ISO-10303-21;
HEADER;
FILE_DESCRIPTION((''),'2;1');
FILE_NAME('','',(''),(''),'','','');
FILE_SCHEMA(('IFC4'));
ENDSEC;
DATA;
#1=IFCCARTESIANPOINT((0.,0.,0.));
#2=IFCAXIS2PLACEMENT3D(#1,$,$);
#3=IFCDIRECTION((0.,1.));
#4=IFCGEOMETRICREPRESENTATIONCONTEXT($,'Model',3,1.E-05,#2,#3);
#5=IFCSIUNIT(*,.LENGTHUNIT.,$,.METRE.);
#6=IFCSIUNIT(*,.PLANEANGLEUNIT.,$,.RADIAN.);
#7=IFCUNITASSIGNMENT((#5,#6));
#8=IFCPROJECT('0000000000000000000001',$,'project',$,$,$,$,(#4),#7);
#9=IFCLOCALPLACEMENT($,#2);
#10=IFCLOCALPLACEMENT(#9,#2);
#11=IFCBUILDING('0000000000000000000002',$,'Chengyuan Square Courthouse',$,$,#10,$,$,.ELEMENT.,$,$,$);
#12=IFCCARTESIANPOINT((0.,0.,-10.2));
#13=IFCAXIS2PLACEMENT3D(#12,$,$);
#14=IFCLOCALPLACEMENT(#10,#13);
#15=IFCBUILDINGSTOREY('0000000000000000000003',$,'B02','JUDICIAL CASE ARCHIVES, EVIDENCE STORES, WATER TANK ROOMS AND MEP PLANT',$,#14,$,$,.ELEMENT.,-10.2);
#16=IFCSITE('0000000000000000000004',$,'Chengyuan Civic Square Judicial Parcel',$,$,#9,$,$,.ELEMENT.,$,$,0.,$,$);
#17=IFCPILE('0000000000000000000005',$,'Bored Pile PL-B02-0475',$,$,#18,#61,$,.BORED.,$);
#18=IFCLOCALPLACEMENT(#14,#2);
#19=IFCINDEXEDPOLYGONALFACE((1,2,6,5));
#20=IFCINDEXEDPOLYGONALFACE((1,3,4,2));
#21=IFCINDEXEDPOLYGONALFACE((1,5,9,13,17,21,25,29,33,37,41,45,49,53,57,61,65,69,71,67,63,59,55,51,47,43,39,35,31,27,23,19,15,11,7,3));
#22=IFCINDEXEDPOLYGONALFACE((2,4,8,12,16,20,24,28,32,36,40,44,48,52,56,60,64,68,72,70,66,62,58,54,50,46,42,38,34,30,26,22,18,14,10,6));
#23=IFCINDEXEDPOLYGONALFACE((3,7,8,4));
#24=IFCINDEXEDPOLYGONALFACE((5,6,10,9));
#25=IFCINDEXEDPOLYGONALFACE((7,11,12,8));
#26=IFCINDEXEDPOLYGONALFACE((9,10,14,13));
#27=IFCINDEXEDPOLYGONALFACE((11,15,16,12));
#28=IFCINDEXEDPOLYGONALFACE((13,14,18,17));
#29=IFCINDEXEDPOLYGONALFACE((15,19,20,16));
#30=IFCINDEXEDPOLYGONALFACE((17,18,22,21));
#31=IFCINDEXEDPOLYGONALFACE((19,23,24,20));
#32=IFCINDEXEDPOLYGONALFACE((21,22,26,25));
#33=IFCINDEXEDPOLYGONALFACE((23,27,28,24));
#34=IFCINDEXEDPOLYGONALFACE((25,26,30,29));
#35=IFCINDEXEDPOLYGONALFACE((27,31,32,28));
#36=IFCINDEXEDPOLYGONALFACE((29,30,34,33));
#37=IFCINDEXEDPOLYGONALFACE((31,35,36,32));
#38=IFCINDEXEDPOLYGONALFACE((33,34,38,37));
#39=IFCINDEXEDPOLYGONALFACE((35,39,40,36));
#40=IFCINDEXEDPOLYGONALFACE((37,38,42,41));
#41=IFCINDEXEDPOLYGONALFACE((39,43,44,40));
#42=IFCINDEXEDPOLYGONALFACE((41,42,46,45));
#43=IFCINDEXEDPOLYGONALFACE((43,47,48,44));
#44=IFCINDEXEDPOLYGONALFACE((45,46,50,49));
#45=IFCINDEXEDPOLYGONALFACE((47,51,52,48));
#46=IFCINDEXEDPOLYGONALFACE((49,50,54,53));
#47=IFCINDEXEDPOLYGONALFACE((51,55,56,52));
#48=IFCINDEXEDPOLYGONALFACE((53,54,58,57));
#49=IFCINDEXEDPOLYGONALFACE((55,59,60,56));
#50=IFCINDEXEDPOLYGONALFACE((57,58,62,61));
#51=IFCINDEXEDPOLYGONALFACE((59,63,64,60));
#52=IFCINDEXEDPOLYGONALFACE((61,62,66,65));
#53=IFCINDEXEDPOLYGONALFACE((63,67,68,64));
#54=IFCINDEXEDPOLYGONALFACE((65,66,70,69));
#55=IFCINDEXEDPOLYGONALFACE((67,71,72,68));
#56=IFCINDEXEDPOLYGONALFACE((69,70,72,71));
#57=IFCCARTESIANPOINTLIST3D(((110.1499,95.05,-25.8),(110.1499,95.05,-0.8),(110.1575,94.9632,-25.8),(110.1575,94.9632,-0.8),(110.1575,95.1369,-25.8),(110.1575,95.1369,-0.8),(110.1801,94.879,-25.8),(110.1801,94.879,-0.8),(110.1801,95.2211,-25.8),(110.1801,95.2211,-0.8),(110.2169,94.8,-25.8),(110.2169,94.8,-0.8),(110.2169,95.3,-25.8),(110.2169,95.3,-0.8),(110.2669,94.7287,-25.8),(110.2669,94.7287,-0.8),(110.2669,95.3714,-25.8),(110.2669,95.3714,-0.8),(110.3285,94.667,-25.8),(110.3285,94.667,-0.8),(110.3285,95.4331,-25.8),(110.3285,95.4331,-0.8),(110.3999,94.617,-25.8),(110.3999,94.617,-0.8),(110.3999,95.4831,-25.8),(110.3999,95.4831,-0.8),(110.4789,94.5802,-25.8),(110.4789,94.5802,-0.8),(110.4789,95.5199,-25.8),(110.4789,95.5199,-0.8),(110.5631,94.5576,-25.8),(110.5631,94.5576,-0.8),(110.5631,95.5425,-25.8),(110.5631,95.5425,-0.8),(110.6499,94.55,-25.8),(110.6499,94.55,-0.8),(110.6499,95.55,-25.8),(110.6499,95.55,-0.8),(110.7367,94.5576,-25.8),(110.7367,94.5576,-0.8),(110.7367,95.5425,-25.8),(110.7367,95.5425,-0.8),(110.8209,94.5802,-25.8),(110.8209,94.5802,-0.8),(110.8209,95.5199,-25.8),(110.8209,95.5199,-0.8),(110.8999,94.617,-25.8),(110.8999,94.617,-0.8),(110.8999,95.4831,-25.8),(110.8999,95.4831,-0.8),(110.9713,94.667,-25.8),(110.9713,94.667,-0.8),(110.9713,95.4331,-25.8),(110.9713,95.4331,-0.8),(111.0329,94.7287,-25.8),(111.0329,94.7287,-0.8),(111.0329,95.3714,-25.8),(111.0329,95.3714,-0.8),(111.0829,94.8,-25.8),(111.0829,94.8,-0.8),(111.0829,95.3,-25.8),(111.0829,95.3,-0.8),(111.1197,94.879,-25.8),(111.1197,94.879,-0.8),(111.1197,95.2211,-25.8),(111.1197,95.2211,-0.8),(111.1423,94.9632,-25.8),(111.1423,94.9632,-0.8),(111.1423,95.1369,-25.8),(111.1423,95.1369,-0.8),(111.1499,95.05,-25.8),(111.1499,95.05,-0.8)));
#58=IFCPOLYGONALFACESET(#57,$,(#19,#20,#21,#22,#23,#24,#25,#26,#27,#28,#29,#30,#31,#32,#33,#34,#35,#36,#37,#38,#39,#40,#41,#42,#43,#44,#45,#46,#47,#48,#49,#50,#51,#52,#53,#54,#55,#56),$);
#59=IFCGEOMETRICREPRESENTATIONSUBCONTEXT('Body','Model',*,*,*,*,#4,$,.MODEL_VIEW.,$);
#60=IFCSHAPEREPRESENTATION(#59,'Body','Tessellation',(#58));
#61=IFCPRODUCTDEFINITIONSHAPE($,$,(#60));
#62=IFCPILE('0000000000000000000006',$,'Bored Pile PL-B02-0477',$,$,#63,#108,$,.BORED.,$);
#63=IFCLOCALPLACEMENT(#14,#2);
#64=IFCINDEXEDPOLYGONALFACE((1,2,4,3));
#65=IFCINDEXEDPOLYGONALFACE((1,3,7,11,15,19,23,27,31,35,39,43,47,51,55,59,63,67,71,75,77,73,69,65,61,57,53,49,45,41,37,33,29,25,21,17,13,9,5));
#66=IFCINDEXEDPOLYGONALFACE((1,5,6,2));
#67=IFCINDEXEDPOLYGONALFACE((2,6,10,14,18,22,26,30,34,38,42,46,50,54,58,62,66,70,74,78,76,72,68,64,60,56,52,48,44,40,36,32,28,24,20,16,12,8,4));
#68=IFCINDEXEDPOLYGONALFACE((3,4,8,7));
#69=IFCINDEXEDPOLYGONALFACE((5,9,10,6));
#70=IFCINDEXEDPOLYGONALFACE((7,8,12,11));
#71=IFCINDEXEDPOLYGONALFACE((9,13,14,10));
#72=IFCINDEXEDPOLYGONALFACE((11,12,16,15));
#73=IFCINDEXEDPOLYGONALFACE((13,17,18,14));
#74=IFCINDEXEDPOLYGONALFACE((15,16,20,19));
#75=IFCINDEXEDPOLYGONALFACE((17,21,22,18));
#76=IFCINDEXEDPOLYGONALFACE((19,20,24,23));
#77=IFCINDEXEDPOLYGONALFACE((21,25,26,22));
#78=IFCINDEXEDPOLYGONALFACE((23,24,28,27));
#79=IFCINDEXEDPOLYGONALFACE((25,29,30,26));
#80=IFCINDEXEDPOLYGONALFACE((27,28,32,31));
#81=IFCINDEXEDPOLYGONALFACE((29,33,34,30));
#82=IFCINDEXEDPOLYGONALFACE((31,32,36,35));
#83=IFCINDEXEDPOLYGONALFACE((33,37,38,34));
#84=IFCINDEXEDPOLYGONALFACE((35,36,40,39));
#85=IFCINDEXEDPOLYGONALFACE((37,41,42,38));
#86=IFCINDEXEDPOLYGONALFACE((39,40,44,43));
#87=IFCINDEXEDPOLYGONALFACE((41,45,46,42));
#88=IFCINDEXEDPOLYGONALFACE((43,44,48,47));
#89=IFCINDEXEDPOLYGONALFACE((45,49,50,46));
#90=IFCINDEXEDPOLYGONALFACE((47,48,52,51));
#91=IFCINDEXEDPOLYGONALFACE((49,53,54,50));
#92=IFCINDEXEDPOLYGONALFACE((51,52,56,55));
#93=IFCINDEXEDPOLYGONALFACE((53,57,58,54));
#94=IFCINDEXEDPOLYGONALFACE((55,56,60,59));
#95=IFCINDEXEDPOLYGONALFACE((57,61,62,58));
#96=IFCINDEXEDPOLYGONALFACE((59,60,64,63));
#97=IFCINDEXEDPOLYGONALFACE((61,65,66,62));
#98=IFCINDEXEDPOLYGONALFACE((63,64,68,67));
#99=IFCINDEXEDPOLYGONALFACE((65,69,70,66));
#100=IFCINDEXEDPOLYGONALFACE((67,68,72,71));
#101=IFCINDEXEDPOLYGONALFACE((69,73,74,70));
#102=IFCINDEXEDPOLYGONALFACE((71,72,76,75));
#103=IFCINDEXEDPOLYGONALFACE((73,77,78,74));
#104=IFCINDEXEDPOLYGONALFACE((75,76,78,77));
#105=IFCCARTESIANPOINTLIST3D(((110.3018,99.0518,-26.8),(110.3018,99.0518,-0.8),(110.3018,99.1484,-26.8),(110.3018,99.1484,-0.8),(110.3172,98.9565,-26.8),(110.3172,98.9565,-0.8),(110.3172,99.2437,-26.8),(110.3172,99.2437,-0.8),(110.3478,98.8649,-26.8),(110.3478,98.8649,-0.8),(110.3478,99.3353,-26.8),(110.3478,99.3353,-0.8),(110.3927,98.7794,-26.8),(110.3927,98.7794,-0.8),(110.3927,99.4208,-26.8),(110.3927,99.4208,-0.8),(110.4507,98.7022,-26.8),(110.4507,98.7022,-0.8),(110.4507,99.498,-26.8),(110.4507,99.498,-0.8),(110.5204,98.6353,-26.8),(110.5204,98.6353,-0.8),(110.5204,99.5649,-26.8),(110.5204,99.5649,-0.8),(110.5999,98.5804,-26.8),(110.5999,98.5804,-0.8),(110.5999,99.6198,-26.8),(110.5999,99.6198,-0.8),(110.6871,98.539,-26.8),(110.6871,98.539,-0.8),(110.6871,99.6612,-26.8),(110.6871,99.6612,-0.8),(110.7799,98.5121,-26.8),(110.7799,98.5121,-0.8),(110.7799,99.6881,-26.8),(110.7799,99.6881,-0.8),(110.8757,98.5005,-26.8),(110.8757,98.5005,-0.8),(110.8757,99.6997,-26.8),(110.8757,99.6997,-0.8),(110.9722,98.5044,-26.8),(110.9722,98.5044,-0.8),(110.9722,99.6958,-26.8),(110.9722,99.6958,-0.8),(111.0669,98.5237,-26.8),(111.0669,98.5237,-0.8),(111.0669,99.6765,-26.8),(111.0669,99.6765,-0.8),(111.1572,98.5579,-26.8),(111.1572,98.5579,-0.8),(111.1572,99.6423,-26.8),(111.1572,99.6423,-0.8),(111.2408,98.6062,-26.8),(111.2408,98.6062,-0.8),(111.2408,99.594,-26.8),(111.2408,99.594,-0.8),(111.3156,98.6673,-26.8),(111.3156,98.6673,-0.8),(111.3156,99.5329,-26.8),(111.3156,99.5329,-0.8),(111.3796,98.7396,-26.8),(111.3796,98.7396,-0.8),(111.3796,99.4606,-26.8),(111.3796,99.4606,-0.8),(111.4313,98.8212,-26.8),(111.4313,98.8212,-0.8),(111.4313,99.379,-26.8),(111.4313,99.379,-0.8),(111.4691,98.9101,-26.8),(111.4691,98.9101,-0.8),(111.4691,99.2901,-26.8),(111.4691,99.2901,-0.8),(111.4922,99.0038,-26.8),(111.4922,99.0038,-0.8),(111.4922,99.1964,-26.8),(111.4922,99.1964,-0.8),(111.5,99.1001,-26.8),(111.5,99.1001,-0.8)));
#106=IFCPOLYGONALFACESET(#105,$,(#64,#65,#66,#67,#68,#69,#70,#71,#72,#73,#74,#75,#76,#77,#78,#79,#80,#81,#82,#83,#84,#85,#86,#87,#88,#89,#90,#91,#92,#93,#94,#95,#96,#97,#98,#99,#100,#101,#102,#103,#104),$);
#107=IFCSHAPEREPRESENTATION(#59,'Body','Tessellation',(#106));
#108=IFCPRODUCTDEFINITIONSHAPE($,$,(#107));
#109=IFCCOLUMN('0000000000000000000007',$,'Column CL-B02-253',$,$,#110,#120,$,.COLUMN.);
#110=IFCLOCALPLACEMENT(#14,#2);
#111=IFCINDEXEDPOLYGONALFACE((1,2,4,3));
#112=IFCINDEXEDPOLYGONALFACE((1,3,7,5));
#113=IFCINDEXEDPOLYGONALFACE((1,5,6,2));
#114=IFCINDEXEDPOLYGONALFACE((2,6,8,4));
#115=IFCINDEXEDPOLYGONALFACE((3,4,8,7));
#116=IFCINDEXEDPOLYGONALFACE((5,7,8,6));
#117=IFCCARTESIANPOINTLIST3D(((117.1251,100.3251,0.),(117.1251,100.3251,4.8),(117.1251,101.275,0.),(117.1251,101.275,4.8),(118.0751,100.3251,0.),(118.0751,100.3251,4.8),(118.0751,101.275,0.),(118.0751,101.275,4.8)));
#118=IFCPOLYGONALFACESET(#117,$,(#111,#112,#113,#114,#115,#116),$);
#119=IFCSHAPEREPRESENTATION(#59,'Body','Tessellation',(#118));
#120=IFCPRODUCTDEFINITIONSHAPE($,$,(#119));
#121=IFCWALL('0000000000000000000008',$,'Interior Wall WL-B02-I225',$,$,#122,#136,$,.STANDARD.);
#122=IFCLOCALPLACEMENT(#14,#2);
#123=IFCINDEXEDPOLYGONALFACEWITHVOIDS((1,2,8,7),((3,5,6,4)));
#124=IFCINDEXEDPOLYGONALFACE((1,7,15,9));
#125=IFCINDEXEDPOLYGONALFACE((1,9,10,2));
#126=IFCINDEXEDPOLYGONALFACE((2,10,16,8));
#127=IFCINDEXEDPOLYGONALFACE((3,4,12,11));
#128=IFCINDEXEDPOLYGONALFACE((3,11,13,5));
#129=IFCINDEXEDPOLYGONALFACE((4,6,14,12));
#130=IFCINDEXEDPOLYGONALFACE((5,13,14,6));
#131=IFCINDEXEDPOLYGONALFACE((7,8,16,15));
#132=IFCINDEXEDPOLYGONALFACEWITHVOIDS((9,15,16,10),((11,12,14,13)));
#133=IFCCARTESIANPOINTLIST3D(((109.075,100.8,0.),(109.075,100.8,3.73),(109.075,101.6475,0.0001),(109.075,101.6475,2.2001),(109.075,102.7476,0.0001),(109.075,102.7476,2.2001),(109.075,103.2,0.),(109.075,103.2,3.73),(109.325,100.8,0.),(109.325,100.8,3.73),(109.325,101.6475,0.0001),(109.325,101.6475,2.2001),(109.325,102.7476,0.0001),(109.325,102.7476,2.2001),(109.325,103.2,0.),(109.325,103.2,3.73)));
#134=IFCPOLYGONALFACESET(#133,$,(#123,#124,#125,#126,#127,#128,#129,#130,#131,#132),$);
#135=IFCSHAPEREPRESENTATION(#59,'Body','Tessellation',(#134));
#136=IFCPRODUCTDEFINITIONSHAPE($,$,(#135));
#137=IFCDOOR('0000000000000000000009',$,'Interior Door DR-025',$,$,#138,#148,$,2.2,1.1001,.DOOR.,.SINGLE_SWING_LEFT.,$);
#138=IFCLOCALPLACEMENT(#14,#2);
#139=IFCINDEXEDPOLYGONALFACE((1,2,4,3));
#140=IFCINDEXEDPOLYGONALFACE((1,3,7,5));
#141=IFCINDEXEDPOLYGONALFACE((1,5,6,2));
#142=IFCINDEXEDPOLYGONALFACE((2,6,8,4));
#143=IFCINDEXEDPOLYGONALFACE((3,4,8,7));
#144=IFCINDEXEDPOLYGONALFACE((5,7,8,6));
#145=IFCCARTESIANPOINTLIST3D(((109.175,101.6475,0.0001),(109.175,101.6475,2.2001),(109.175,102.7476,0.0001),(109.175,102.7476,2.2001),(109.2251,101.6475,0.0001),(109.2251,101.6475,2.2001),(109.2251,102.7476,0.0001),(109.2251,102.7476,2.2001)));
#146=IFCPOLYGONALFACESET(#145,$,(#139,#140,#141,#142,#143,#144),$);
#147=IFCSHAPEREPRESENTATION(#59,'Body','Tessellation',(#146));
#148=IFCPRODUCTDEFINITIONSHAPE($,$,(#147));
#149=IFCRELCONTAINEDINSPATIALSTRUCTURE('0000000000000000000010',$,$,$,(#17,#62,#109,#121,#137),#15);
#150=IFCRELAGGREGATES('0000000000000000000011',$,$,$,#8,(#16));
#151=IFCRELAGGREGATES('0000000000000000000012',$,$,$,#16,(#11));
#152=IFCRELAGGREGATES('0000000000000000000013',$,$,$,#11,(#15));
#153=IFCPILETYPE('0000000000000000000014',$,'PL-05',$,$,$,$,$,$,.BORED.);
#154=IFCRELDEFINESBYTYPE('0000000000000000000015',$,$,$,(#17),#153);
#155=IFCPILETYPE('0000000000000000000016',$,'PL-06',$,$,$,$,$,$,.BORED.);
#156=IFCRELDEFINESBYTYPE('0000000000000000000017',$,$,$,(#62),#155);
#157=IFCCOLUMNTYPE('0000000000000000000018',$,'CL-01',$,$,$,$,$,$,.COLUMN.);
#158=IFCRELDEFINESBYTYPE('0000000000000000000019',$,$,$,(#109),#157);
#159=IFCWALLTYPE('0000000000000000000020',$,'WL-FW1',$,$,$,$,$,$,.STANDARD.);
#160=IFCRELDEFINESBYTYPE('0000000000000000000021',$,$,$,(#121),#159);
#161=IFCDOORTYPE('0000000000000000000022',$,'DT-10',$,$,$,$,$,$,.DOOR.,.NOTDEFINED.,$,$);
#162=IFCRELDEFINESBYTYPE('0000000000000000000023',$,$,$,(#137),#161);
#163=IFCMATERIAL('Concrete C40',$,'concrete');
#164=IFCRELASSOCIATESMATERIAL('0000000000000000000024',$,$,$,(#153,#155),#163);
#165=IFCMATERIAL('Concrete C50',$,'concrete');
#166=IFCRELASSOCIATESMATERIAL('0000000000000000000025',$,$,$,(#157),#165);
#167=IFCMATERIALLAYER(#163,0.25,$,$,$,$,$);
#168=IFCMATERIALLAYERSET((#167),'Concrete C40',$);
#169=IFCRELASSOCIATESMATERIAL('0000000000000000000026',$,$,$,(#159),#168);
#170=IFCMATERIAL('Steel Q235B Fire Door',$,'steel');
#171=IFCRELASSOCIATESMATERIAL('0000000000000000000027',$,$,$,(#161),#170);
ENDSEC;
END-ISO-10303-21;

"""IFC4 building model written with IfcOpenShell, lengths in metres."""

from ifc_helpers import new_model, si_unit, direction, frame, frame_2d, origin, origin_2d, place, context, subcontext, project, spatial, rectangle, circle, extrude, material, layer, layer_set, material_profile, profile_set, type_object, element, fill, save


model = new_model("IFC4")

# Units and contexts
model_context = context("Model", 3, precision=1e-05, world=origin(), true_north=direction((0.0, 1.0)))
body_context = subcontext(model_context, "Body", "Model", "MODEL_VIEW")
ifc_project = project(units=[si_unit("LENGTHUNIT", "METRE"), si_unit("PLANEANGLEUNIT", "RADIAN")], contexts=[model_context])

# Site, building, storey
site_placement = place(None, origin())
site = spatial("IfcSite", under=ifc_project, at=site_placement, Name="Chengyuan Civic Square Judicial Parcel", CompositionType="ELEMENT", RefElevation=0.0)
building_placement = place(site_placement, origin())
building = spatial("IfcBuilding", under=site, at=building_placement, Name="Chengyuan Square Courthouse", CompositionType="ELEMENT")
storey_placement = place(building_placement, frame((0.0, 0.0, -10.2)))
storey = spatial("IfcBuildingStorey", under=building, at=storey_placement, Name="B02", Description="JUDICIAL CASE ARCHIVES, EVIDENCE STORES, WATER TANK ROOMS AND MEP PLANT", CompositionType="ELEMENT", Elevation=-10.2)

# Shared definitions
ifc_material_1 = material(Name="Concrete C40", Category="concrete")

# Piles
ifc_material_profile_1 = material_profile(ifc_material_1, circle(Radius=0.5, at=origin_2d()), Name="BORED PILE D1000")
ifc_profile_set_1 = profile_set([ifc_material_profile_1], Name="Concrete C40")
pile_type_1 = type_object("IfcPileType", Name="PL-05", PredefinedType="BORED", material=ifc_profile_set_1)
pile_1_placement = place(storey_placement, frame((110.6499, 95.05, -0.8), z_axis=(0.0, 0.0, -1.0), x_axis=(1.0, 0.0, 0.0)))
element("IfcPile", 1, at=pile_1_placement, inside=storey, type_object=pile_type_1, Name="Bored Pile PL-B02-0475", PredefinedType="BORED", context=body_context, shape_type="SweptSolid", body=[
    extrude(circle(Radius=0.5, at=origin_2d()), origin(), (0.0, 0.0, 1.0), 25.0),
])
ifc_material_profile_2 = material_profile(ifc_material_1, circle(Radius=0.6001, at=origin_2d()), Name="BORED PILE D1200")
ifc_profile_set_2 = profile_set([ifc_material_profile_2], Name="Concrete C40")
pile_type_2 = type_object("IfcPileType", Name="PL-06", PredefinedType="BORED", material=ifc_profile_set_2)
pile_2_placement = place(storey_placement, frame((110.8999, 99.1001, -0.8), z_axis=(0.0, 0.0, -1.0), x_axis=(1.0, 0.0, 0.0)))
element("IfcPile", 2, at=pile_2_placement, inside=storey, type_object=pile_type_2, Name="Bored Pile PL-B02-0477", PredefinedType="BORED", context=body_context, shape_type="SweptSolid", body=[
    extrude(circle(Radius=0.6001, at=origin_2d()), origin(), (0.0, 0.0, 1.0), 26.0),
])

# Column
ifc_material_2 = material(Name="Concrete C50", Category="concrete")
ifc_material_profile_3 = material_profile(ifc_material_2, rectangle(XDim=0.95, YDim=0.95, at=origin_2d()), Name="RC-COL-950x950")
ifc_profile_set_3 = profile_set([ifc_material_profile_3], Name="Concrete C50")
column_type = type_object("IfcColumnType", Name="CL-01", PredefinedType="COLUMN", material=ifc_profile_set_3)
column_placement = place(storey_placement, frame((117.6001, 100.8, 0.0), z_axis=(0.0, 0.0, 1.0), x_axis=(1.0, 0.0, 0.0)))
element("IfcColumn", 3, at=column_placement, inside=storey, type_object=column_type, Name="Column CL-B02-253", PredefinedType="COLUMN", context=body_context, shape_type="SweptSolid", body=[
    extrude(rectangle(XDim=0.95, YDim=0.95, at=origin_2d()), origin(), (0.0, 0.0, 1.0), 4.8),
])

# Wall, opening, door
ifc_layer_1 = layer(ifc_material_1, 0.25)
ifc_layer_set_1 = layer_set([ifc_layer_1], Name="Concrete C40")
wall_type_1 = type_object("IfcWallType", Name="WL-FW1", PredefinedType="STANDARD", material=ifc_layer_set_1)
wall_1_placement = place(storey_placement, frame((109.2, 100.8, 0.0), z_axis=(0.0, 0.0, 1.0), x_axis=(0.0, 1.0, 0.0)))
wall_1 = element("IfcWall", 4, at=wall_1_placement, inside=storey, type_object=wall_type_1, Name="Interior Wall WL-B02-I225", PredefinedType="STANDARD", context=body_context, shape_type="SweptSolid", body=[
    extrude(rectangle(XDim=2.3999, YDim=0.25, at=frame_2d((1.2, 0.0))), origin(), (0.0, 0.0, 1.0), 3.73),
])
opening_1_placement = place(wall_1_placement, frame((0.8474, 0.0, 0.0)))
opening_1 = element("IfcOpeningElement", 5, at=opening_1_placement, cuts=wall_1, PredefinedType="OPENING", context=body_context, shape_type="SweptSolid", body=[
    extrude(rectangle(XDim=1.1001, YDim=2.2, at=frame_2d((0.55, 1.1001))), frame((0.0, 0.137, 0.0), z_axis=(0.0, -1.0, 0.0), x_axis=(1.0, 0.0, 0.0)), (0.0, 0.0, 1.0), 0.2739),
])
ifc_material_3 = material(Name="Steel Q235B Fire Door", Category="steel")
door_type_1 = type_object("IfcDoorType", Name="DT-10", OperationType="NOTDEFINED", PredefinedType="DOOR", material=ifc_material_3)
door_1_placement = place(opening_1_placement, origin())
door_1 = element("IfcDoor", 6, at=door_1_placement, inside=storey, type_object=door_type_1, Name="Interior Door DR-025", OperationType="SINGLE_SWING_LEFT", OverallHeight=2.2, OverallWidth=1.1001, PredefinedType="DOOR", context=body_context, shape_type="SweptSolid", body=[
    extrude(rectangle(XDim=1.1001, YDim=2.2, at=frame_2d((0.55, 1.1001))), frame((0.0, 0.0249, 0.0), z_axis=(0.0, -1.0, 0.0), x_axis=(1.0, 0.0, 0.0)), (0.0, 0.0, 1.0), 0.05),
])
fill(opening_1, door_1)

save(model, "model.ifc")
